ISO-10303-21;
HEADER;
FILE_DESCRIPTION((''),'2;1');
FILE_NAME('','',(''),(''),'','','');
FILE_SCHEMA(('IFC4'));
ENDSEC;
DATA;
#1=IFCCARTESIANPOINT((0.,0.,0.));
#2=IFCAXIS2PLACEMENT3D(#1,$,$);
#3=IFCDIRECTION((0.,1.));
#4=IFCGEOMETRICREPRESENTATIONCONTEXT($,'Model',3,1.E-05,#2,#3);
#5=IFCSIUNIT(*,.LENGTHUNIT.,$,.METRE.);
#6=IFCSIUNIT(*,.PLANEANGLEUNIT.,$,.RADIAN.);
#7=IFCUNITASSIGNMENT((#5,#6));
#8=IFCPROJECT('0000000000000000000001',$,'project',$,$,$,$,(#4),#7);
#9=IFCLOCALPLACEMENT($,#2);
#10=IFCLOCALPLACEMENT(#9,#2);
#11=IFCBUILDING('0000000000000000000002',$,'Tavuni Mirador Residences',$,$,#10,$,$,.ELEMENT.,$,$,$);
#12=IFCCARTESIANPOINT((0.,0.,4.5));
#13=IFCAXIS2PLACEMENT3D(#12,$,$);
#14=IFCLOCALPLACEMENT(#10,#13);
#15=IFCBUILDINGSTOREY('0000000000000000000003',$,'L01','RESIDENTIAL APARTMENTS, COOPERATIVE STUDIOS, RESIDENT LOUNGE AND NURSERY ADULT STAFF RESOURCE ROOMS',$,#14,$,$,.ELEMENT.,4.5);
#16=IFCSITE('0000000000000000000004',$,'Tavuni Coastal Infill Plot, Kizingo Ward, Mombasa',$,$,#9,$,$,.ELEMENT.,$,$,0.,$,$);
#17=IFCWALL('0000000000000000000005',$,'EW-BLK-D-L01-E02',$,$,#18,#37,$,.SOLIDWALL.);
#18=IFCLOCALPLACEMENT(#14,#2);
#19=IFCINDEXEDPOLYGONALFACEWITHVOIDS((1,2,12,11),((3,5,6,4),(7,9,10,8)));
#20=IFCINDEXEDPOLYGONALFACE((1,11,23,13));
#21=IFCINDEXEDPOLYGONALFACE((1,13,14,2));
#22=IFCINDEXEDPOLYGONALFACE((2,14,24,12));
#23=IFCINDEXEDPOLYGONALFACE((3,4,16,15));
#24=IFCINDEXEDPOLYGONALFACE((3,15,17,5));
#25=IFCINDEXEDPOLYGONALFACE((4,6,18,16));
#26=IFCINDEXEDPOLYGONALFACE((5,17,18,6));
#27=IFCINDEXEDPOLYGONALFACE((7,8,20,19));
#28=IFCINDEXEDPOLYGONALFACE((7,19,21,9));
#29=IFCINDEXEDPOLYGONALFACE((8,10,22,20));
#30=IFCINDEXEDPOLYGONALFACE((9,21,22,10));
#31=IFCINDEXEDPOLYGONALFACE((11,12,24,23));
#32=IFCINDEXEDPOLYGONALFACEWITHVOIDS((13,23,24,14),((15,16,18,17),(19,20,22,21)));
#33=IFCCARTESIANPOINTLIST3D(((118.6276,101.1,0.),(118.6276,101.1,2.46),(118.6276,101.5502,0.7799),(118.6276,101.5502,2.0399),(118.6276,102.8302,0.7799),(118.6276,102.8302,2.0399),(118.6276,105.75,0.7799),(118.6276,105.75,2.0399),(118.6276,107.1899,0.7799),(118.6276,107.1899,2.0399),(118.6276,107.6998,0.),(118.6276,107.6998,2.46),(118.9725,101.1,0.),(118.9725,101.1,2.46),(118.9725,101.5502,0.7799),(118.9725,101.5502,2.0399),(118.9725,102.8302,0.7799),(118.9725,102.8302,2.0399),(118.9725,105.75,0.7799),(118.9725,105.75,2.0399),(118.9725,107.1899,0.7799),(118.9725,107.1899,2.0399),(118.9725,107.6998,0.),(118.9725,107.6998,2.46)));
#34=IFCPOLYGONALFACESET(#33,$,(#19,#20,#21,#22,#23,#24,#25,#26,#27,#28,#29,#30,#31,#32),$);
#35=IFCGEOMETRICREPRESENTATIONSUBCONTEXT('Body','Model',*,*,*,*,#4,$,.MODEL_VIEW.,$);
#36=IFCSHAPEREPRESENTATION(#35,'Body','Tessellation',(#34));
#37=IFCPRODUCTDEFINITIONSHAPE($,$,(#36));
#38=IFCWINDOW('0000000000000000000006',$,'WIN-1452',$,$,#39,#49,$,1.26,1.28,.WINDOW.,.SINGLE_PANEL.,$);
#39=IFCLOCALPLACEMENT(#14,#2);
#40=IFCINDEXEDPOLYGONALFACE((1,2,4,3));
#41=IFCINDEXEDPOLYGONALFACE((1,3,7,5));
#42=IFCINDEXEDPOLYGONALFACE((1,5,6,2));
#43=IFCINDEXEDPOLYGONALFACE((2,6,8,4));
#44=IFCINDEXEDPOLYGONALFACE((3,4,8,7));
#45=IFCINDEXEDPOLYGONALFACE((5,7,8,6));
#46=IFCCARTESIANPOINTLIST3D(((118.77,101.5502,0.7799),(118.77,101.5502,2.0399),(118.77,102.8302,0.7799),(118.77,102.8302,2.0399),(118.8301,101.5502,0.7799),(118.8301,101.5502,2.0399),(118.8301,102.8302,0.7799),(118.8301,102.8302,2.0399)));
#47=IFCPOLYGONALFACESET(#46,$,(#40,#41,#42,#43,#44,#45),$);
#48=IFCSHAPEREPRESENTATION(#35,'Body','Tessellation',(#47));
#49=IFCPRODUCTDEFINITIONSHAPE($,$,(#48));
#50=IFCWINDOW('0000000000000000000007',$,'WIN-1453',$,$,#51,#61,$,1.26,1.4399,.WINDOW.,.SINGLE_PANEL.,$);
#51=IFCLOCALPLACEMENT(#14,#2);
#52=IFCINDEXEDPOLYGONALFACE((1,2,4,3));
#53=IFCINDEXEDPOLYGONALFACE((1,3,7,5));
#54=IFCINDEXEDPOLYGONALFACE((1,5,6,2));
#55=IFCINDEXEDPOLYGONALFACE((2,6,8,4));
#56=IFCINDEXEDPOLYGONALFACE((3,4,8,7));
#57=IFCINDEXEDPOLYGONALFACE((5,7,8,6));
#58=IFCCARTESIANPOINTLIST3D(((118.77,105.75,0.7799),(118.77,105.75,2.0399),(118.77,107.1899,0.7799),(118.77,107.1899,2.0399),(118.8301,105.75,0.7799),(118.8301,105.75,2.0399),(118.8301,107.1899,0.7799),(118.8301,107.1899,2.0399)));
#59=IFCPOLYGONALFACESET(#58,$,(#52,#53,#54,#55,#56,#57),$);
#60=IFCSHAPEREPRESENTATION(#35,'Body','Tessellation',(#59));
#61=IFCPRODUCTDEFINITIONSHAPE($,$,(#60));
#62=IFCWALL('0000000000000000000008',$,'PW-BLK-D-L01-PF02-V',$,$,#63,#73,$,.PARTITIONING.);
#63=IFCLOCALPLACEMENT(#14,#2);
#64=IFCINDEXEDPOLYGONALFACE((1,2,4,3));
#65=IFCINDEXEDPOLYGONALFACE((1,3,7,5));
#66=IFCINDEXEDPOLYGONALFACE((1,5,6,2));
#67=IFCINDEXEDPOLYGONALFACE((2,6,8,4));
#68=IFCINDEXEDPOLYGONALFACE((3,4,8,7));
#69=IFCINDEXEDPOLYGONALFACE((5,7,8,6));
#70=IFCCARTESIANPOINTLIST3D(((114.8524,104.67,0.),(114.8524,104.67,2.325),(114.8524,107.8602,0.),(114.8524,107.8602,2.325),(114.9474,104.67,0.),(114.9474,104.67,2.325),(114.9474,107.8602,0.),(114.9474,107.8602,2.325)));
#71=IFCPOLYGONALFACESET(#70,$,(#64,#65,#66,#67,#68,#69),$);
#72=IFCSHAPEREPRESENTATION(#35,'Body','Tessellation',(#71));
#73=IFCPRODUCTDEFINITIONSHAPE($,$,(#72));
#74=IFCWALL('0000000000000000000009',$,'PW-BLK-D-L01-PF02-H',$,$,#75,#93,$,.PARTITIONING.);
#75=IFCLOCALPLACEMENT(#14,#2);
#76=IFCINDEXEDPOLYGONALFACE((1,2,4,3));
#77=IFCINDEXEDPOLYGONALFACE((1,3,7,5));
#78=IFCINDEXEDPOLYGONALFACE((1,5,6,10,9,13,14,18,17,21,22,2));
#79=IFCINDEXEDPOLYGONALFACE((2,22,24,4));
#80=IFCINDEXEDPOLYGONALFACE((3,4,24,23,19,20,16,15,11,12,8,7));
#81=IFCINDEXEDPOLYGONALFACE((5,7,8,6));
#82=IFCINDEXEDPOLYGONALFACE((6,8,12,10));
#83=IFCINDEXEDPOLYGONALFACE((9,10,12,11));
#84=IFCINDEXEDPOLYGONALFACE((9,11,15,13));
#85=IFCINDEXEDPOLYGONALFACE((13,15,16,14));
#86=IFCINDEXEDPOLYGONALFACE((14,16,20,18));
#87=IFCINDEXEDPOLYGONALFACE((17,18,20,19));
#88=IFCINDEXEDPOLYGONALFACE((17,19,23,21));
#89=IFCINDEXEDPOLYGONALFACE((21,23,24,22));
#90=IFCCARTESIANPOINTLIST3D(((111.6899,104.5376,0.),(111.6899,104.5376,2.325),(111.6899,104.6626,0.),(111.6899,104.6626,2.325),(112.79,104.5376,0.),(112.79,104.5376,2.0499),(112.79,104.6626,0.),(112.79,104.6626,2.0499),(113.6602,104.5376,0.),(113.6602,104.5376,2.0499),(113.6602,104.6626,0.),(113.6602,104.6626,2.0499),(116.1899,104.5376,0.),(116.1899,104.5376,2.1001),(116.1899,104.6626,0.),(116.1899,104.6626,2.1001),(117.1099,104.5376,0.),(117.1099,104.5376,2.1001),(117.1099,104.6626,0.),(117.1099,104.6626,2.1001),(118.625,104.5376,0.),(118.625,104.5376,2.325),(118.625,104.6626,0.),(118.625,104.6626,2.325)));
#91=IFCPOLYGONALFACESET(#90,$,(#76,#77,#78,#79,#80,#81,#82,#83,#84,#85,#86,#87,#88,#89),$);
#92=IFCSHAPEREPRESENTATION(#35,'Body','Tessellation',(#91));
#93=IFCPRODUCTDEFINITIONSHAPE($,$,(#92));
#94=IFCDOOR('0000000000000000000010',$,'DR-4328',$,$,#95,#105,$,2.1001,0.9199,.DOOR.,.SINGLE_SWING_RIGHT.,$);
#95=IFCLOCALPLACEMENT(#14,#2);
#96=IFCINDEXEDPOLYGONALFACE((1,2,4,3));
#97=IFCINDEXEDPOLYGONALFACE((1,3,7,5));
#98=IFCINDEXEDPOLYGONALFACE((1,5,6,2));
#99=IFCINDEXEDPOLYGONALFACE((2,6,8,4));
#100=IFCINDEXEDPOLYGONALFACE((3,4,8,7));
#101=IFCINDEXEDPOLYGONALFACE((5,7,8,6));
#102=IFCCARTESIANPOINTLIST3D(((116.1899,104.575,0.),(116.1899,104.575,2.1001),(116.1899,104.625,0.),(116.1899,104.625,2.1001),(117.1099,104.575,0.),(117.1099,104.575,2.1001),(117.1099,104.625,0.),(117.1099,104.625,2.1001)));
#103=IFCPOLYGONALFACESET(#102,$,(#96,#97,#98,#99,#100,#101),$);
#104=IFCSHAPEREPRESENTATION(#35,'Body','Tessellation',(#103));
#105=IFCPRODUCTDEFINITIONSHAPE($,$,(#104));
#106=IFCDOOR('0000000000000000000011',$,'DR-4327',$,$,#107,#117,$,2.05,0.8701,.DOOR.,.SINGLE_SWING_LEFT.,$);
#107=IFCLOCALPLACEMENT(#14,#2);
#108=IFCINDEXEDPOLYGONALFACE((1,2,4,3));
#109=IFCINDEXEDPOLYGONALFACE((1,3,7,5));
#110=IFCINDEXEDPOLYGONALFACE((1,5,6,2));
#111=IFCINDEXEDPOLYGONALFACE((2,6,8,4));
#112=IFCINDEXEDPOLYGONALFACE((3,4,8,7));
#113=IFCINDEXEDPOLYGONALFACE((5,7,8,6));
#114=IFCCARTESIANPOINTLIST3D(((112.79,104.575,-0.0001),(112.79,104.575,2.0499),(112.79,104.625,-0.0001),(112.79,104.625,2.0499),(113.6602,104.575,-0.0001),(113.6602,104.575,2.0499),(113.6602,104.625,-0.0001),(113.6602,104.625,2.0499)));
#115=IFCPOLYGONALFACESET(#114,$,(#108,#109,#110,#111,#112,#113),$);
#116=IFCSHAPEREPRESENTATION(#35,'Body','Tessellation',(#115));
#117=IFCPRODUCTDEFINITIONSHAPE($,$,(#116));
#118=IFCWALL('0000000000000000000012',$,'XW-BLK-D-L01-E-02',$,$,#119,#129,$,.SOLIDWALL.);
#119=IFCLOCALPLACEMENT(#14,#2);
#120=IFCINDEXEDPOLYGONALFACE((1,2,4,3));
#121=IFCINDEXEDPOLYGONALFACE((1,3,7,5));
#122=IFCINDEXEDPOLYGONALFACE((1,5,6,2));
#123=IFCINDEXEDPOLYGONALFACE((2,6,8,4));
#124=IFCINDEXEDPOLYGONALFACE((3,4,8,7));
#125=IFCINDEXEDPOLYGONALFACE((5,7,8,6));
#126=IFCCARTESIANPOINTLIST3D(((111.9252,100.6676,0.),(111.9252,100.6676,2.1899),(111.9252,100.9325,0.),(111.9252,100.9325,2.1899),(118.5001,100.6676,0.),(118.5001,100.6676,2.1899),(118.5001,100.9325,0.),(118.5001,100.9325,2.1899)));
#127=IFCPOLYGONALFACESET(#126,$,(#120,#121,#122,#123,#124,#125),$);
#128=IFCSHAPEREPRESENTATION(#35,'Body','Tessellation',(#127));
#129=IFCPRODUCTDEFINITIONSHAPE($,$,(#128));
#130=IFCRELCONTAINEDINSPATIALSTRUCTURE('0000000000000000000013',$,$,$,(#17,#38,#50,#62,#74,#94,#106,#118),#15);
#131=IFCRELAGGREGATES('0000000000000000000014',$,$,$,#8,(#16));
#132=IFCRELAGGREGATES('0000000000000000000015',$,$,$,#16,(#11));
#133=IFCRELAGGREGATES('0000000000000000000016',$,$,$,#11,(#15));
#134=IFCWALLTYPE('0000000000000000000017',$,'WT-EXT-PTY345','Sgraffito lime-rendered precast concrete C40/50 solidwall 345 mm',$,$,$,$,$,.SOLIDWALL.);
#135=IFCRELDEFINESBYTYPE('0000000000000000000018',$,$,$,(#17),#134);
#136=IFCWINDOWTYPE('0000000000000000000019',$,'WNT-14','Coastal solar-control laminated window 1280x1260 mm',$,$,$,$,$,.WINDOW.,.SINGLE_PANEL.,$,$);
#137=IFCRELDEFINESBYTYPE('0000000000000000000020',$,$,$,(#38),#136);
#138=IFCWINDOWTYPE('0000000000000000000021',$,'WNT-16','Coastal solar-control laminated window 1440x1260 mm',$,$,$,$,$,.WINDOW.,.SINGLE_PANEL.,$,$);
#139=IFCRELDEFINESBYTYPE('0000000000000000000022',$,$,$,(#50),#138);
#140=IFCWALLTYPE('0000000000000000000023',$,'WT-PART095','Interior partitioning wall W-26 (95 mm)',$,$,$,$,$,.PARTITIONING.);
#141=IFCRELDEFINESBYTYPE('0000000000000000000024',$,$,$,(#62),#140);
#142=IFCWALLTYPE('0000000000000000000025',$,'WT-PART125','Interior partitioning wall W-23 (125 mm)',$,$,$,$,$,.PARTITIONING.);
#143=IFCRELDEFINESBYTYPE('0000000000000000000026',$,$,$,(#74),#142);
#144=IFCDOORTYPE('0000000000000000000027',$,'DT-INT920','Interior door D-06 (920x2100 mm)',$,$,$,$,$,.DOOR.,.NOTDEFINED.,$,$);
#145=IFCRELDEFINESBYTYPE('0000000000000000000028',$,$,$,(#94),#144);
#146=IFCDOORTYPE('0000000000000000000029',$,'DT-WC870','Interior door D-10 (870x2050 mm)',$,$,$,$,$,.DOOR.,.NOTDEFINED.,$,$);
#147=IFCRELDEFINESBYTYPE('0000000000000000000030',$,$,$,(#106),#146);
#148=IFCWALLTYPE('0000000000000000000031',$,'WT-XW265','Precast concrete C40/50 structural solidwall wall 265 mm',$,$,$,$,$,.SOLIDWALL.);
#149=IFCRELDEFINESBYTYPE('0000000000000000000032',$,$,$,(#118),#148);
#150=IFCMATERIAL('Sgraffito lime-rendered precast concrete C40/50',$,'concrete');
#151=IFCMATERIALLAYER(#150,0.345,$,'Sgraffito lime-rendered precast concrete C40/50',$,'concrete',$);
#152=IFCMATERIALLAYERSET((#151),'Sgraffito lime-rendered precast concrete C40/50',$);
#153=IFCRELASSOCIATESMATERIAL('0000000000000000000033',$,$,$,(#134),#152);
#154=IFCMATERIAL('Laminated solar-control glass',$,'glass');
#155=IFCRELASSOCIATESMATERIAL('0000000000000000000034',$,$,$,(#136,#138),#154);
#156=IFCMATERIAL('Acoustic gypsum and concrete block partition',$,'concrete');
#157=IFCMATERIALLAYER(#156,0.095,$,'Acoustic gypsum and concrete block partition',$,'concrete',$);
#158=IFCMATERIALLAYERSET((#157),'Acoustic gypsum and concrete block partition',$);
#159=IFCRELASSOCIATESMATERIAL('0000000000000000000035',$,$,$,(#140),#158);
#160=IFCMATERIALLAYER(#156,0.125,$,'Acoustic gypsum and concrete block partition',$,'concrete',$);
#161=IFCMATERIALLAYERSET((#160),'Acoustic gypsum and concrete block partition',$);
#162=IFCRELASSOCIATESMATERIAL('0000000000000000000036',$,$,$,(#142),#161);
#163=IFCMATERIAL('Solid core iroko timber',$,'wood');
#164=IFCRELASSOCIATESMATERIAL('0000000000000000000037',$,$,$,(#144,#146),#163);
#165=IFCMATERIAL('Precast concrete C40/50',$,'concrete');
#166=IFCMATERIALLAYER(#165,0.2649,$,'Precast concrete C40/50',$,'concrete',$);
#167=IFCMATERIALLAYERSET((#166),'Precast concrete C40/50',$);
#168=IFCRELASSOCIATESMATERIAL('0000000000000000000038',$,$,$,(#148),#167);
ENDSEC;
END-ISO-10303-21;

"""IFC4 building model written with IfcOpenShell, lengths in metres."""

from ifc_helpers import new_model, si_unit, direction, frame, frame_2d, origin, place, context, subcontext, project, spatial, rectangle, extrude, material, layer, layer_set, type_object, element, fill, save


model = new_model("IFC4")

# Units and contexts
model_context = context("Model", 3, precision=1e-05, world=origin(), true_north=direction((0.0, 1.0)))
body_context = subcontext(model_context, "Body", "Model", "MODEL_VIEW")
ifc_project = project(units=[si_unit("LENGTHUNIT", "METRE"), si_unit("PLANEANGLEUNIT", "RADIAN")], contexts=[model_context])

# Site, building, storey
site_placement = place(None, origin())
site = spatial("IfcSite", under=ifc_project, at=site_placement, Name="Tavuni Coastal Infill Plot, Kizingo Ward, Mombasa", CompositionType="ELEMENT", RefElevation=0.0)
building_placement = place(site_placement, origin())
building = spatial("IfcBuilding", under=site, at=building_placement, Name="Tavuni Mirador Residences", CompositionType="ELEMENT")
storey_placement = place(building_placement, frame((0.0, 0.0, 4.5)))
storey = spatial("IfcBuildingStorey", under=building, at=storey_placement, Name="L01", Description="RESIDENTIAL APARTMENTS, COOPERATIVE STUDIOS, RESIDENT LOUNGE AND NURSERY ADULT STAFF RESOURCE ROOMS", CompositionType="ELEMENT", Elevation=4.5)

# Shared definitions
ifc_material_1 = material(Name="Precast concrete C40/50", Category="concrete")

# Shared definitions
ifc_material_2 = material(Name="Solid core iroko timber", Category="wood")

# Wall, openings, windows
ifc_material_3 = material(Name="Sgraffito lime-rendered precast concrete C40/50", Category="concrete")
ifc_layer_1 = layer(ifc_material_3, 0.345, Name="Sgraffito lime-rendered precast concrete C40/50", Category="concrete")
ifc_layer_set_1 = layer_set([ifc_layer_1], Name="Sgraffito lime-rendered precast concrete C40/50")
wall_type_1 = type_object("IfcWallType", Name="WT-EXT-PTY345", Description="Sgraffito lime-rendered precast concrete C40/50 solidwall 345 mm", PredefinedType="SOLIDWALL", material=ifc_layer_set_1)
wall_1_placement = place(storey_placement, frame((118.8, 101.1001, 0.0), z_axis=(0.0, 0.0, 1.0), x_axis=(0.0, 1.0, 0.0)))
wall_1 = element("IfcWall", 1, at=wall_1_placement, inside=storey, type_object=wall_type_1, Name="EW-BLK-D-L01-E02", PredefinedType="SOLIDWALL", context=body_context, shape_type="SweptSolid", body=[
    extrude(rectangle(XDim=6.5999, YDim=0.345, at=frame_2d((3.2998, 0.0))), origin(), (0.0, 0.0, 1.0), 2.46),
])
opening_1_placement = place(wall_1_placement, frame((0.45, 0.0, 0.78)))
opening_1 = element("IfcOpeningElement", 2, at=opening_1_placement, cuts=wall_1, PredefinedType="OPENING", context=body_context, shape_type="SweptSolid", body=[
    extrude(rectangle(XDim=1.28, YDim=1.26, at=frame_2d((0.6401, 0.6299))), frame((0.0, 0.1826, 0.0), z_axis=(0.0, -1.0, 0.0), x_axis=(1.0, 0.0, 0.0)), (0.0, 0.0, 1.0), 0.365),
])
opening_2_placement = place(wall_1_placement, frame((4.6499, 0.0, 0.78)))
opening_2 = element("IfcOpeningElement", 3, at=opening_2_placement, cuts=wall_1, PredefinedType="OPENING", context=body_context, shape_type="SweptSolid", body=[
    extrude(rectangle(XDim=1.4399, YDim=1.26, at=frame_2d((0.72, 0.6299))), frame((0.0, 0.1826, 0.0), z_axis=(0.0, -1.0, 0.0), x_axis=(1.0, 0.0, 0.0)), (0.0, 0.0, 1.0), 0.365),
])
ifc_material_4 = material(Name="Laminated solar-control glass", Category="glass")
window_type_1 = type_object("IfcWindowType", Name="WNT-14", Description="Coastal solar-control laminated window 1280x1260 mm", PartitioningType="SINGLE_PANEL", PredefinedType="WINDOW", material=ifc_material_4)
window_1_placement = place(opening_1_placement, origin())
window_1 = element("IfcWindow", 4, at=window_1_placement, inside=storey, type_object=window_type_1, Name="WIN-1452", OverallHeight=1.26, OverallWidth=1.28, PartitioningType="SINGLE_PANEL", PredefinedType="WINDOW", context=body_context, shape_type="SweptSolid", body=[
    extrude(rectangle(XDim=1.28, YDim=1.26, at=frame_2d((0.6401, 0.6299))), frame((0.0, 0.03, 0.0), z_axis=(0.0, -1.0, 0.0), x_axis=(1.0, 0.0, 0.0)), (0.0, 0.0, 1.0), 0.0601),
])
fill(opening_1, window_1)
window_type_2 = type_object("IfcWindowType", Name="WNT-16", Description="Coastal solar-control laminated window 1440x1260 mm", PartitioningType="SINGLE_PANEL", PredefinedType="WINDOW", material=ifc_material_4)
window_2_placement = place(opening_2_placement, origin())
window_2 = element("IfcWindow", 5, at=window_2_placement, inside=storey, type_object=window_type_2, Name="WIN-1453", OverallHeight=1.26, OverallWidth=1.4399, PartitioningType="SINGLE_PANEL", PredefinedType="WINDOW", context=body_context, shape_type="SweptSolid", body=[
    extrude(rectangle(XDim=1.4399, YDim=1.26, at=frame_2d((0.72, 0.6299))), frame((0.0, 0.03, 0.0), z_axis=(0.0, -1.0, 0.0), x_axis=(1.0, 0.0, 0.0)), (0.0, 0.0, 1.0), 0.0601),
])
fill(opening_2, window_2)

# Wall
ifc_material_5 = material(Name="Acoustic gypsum and concrete block partition", Category="concrete")
ifc_layer_2 = layer(ifc_material_5, 0.095, Name="Acoustic gypsum and concrete block partition", Category="concrete")
ifc_layer_set_2 = layer_set([ifc_layer_2], Name="Acoustic gypsum and concrete block partition")
wall_type_2 = type_object("IfcWallType", Name="WT-PART095", Description="Interior partitioning wall W-26 (95 mm)", PredefinedType="PARTITIONING", material=ifc_layer_set_2)
wall_2_placement = place(storey_placement, frame((114.8999, 104.6699, 0.0), z_axis=(0.0, 0.0, 1.0), x_axis=(0.0, 1.0, 0.0)))
element("IfcWall", 6, at=wall_2_placement, inside=storey, type_object=wall_type_2, Name="PW-BLK-D-L01-PF02-V", PredefinedType="PARTITIONING", context=body_context, shape_type="SweptSolid", body=[
    extrude(rectangle(XDim=3.1902, YDim=0.095, at=frame_2d((1.5952, 0.0))), origin(), (0.0, 0.0, 1.0), 2.325),
])

# Wall, openings, doors
ifc_layer_3 = layer(ifc_material_5, 0.125, Name="Acoustic gypsum and concrete block partition", Category="concrete")
ifc_layer_set_3 = layer_set([ifc_layer_3], Name="Acoustic gypsum and concrete block partition")
wall_type_3 = type_object("IfcWallType", Name="WT-PART125", Description="Interior partitioning wall W-23 (125 mm)", PredefinedType="PARTITIONING", material=ifc_layer_set_3)
wall_3_placement = place(storey_placement, frame((111.6899, 104.6001, 0.0), z_axis=(0.0, 0.0, 1.0), x_axis=(1.0, 0.0, 0.0)))
wall_3 = element("IfcWall", 7, at=wall_3_placement, inside=storey, type_object=wall_type_3, Name="PW-BLK-D-L01-PF02-H", PredefinedType="PARTITIONING", context=body_context, shape_type="SweptSolid", body=[
    extrude(rectangle(XDim=6.9351, YDim=0.125, at=frame_2d((3.4675, 0.0))), origin(), (0.0, 0.0, 1.0), 2.325),
])
opening_3_placement = place(wall_3_placement, frame((1.1001, 0.0, 0.0)))
opening_3 = element("IfcOpeningElement", 8, at=opening_3_placement, cuts=wall_3, PredefinedType="OPENING", context=body_context, shape_type="SweptSolid", body=[
    extrude(rectangle(XDim=0.8701, YDim=2.05, at=frame_2d((0.4351, 1.0249))), frame((0.0, 0.0725, 0.0), z_axis=(0.0, -1.0, 0.0), x_axis=(1.0, 0.0, 0.0)), (0.0, 0.0, 1.0), 0.145),
])
opening_4_placement = place(wall_3_placement, frame((4.5, 0.0, 0.0)))
opening_4 = element("IfcOpeningElement", 9, at=opening_4_placement, cuts=wall_3, PredefinedType="OPENING", context=body_context, shape_type="SweptSolid", body=[
    extrude(rectangle(XDim=0.9199, YDim=2.1001, at=frame_2d((0.46, 1.05))), frame((0.0, 0.0725, 0.0), z_axis=(0.0, -1.0, 0.0), x_axis=(1.0, 0.0, 0.0)), (0.0, 0.0, 1.0), 0.145),
])
door_type_1 = type_object("IfcDoorType", Name="DT-INT920", Description="Interior door D-06 (920x2100 mm)", OperationType="NOTDEFINED", PredefinedType="DOOR", material=ifc_material_2)
door_1_placement = place(opening_4_placement, origin())
door_1 = element("IfcDoor", 10, at=door_1_placement, inside=storey, type_object=door_type_1, Name="DR-4328", OperationType="SINGLE_SWING_RIGHT", OverallHeight=2.1001, OverallWidth=0.9199, PredefinedType="DOOR", context=body_context, shape_type="SweptSolid", body=[
    extrude(rectangle(XDim=0.9199, YDim=2.1001, at=frame_2d((0.46, 1.05))), frame((0.0, 0.0249, 0.0), z_axis=(0.0, -1.0, 0.0), x_axis=(1.0, 0.0, 0.0)), (0.0, 0.0, 1.0), 0.05),
])
fill(opening_4, door_1)
door_type_2 = type_object("IfcDoorType", Name="DT-WC870", Description="Interior door D-10 (870x2050 mm)", OperationType="NOTDEFINED", PredefinedType="DOOR", material=ifc_material_2)
door_2_placement = place(opening_3_placement, origin())
door_2 = element("IfcDoor", 11, at=door_2_placement, inside=storey, type_object=door_type_2, Name="DR-4327", OperationType="SINGLE_SWING_LEFT", OverallHeight=2.05, OverallWidth=0.8701, PredefinedType="DOOR", context=body_context, shape_type="SweptSolid", body=[
    extrude(rectangle(XDim=0.8701, YDim=2.05, at=frame_2d((0.4351, 1.0249))), frame((0.0, 0.0249, 0.0), z_axis=(0.0, -1.0, 0.0), x_axis=(1.0, 0.0, 0.0)), (0.0, 0.0, 1.0), 0.05),
])
fill(opening_3, door_2)

# Wall
ifc_layer_4 = layer(ifc_material_1, 0.2649, Name="Precast concrete C40/50", Category="concrete")
ifc_layer_set_4 = layer_set([ifc_layer_4], Name="Precast concrete C40/50")
wall_type_4 = type_object("IfcWallType", Name="WT-XW265", Description="Precast concrete C40/50 structural solidwall wall 265 mm", PredefinedType="SOLIDWALL", material=ifc_layer_set_4)
wall_4_placement = place(storey_placement, frame((111.925, 100.8, 0.0), z_axis=(0.0, 0.0, 1.0), x_axis=(1.0, 0.0, 0.0)))
element("IfcWall", 12, at=wall_4_placement, inside=storey, type_object=wall_type_4, Name="XW-BLK-D-L01-E-02", PredefinedType="SOLIDWALL", context=body_context, shape_type="SweptSolid", body=[
    extrude(rectangle(XDim=6.575, YDim=0.2649, at=frame_2d((3.2876, 0.0))), origin(), (0.0, 0.0, 1.0), 2.1899),
])

save(model, "model.ifc")
